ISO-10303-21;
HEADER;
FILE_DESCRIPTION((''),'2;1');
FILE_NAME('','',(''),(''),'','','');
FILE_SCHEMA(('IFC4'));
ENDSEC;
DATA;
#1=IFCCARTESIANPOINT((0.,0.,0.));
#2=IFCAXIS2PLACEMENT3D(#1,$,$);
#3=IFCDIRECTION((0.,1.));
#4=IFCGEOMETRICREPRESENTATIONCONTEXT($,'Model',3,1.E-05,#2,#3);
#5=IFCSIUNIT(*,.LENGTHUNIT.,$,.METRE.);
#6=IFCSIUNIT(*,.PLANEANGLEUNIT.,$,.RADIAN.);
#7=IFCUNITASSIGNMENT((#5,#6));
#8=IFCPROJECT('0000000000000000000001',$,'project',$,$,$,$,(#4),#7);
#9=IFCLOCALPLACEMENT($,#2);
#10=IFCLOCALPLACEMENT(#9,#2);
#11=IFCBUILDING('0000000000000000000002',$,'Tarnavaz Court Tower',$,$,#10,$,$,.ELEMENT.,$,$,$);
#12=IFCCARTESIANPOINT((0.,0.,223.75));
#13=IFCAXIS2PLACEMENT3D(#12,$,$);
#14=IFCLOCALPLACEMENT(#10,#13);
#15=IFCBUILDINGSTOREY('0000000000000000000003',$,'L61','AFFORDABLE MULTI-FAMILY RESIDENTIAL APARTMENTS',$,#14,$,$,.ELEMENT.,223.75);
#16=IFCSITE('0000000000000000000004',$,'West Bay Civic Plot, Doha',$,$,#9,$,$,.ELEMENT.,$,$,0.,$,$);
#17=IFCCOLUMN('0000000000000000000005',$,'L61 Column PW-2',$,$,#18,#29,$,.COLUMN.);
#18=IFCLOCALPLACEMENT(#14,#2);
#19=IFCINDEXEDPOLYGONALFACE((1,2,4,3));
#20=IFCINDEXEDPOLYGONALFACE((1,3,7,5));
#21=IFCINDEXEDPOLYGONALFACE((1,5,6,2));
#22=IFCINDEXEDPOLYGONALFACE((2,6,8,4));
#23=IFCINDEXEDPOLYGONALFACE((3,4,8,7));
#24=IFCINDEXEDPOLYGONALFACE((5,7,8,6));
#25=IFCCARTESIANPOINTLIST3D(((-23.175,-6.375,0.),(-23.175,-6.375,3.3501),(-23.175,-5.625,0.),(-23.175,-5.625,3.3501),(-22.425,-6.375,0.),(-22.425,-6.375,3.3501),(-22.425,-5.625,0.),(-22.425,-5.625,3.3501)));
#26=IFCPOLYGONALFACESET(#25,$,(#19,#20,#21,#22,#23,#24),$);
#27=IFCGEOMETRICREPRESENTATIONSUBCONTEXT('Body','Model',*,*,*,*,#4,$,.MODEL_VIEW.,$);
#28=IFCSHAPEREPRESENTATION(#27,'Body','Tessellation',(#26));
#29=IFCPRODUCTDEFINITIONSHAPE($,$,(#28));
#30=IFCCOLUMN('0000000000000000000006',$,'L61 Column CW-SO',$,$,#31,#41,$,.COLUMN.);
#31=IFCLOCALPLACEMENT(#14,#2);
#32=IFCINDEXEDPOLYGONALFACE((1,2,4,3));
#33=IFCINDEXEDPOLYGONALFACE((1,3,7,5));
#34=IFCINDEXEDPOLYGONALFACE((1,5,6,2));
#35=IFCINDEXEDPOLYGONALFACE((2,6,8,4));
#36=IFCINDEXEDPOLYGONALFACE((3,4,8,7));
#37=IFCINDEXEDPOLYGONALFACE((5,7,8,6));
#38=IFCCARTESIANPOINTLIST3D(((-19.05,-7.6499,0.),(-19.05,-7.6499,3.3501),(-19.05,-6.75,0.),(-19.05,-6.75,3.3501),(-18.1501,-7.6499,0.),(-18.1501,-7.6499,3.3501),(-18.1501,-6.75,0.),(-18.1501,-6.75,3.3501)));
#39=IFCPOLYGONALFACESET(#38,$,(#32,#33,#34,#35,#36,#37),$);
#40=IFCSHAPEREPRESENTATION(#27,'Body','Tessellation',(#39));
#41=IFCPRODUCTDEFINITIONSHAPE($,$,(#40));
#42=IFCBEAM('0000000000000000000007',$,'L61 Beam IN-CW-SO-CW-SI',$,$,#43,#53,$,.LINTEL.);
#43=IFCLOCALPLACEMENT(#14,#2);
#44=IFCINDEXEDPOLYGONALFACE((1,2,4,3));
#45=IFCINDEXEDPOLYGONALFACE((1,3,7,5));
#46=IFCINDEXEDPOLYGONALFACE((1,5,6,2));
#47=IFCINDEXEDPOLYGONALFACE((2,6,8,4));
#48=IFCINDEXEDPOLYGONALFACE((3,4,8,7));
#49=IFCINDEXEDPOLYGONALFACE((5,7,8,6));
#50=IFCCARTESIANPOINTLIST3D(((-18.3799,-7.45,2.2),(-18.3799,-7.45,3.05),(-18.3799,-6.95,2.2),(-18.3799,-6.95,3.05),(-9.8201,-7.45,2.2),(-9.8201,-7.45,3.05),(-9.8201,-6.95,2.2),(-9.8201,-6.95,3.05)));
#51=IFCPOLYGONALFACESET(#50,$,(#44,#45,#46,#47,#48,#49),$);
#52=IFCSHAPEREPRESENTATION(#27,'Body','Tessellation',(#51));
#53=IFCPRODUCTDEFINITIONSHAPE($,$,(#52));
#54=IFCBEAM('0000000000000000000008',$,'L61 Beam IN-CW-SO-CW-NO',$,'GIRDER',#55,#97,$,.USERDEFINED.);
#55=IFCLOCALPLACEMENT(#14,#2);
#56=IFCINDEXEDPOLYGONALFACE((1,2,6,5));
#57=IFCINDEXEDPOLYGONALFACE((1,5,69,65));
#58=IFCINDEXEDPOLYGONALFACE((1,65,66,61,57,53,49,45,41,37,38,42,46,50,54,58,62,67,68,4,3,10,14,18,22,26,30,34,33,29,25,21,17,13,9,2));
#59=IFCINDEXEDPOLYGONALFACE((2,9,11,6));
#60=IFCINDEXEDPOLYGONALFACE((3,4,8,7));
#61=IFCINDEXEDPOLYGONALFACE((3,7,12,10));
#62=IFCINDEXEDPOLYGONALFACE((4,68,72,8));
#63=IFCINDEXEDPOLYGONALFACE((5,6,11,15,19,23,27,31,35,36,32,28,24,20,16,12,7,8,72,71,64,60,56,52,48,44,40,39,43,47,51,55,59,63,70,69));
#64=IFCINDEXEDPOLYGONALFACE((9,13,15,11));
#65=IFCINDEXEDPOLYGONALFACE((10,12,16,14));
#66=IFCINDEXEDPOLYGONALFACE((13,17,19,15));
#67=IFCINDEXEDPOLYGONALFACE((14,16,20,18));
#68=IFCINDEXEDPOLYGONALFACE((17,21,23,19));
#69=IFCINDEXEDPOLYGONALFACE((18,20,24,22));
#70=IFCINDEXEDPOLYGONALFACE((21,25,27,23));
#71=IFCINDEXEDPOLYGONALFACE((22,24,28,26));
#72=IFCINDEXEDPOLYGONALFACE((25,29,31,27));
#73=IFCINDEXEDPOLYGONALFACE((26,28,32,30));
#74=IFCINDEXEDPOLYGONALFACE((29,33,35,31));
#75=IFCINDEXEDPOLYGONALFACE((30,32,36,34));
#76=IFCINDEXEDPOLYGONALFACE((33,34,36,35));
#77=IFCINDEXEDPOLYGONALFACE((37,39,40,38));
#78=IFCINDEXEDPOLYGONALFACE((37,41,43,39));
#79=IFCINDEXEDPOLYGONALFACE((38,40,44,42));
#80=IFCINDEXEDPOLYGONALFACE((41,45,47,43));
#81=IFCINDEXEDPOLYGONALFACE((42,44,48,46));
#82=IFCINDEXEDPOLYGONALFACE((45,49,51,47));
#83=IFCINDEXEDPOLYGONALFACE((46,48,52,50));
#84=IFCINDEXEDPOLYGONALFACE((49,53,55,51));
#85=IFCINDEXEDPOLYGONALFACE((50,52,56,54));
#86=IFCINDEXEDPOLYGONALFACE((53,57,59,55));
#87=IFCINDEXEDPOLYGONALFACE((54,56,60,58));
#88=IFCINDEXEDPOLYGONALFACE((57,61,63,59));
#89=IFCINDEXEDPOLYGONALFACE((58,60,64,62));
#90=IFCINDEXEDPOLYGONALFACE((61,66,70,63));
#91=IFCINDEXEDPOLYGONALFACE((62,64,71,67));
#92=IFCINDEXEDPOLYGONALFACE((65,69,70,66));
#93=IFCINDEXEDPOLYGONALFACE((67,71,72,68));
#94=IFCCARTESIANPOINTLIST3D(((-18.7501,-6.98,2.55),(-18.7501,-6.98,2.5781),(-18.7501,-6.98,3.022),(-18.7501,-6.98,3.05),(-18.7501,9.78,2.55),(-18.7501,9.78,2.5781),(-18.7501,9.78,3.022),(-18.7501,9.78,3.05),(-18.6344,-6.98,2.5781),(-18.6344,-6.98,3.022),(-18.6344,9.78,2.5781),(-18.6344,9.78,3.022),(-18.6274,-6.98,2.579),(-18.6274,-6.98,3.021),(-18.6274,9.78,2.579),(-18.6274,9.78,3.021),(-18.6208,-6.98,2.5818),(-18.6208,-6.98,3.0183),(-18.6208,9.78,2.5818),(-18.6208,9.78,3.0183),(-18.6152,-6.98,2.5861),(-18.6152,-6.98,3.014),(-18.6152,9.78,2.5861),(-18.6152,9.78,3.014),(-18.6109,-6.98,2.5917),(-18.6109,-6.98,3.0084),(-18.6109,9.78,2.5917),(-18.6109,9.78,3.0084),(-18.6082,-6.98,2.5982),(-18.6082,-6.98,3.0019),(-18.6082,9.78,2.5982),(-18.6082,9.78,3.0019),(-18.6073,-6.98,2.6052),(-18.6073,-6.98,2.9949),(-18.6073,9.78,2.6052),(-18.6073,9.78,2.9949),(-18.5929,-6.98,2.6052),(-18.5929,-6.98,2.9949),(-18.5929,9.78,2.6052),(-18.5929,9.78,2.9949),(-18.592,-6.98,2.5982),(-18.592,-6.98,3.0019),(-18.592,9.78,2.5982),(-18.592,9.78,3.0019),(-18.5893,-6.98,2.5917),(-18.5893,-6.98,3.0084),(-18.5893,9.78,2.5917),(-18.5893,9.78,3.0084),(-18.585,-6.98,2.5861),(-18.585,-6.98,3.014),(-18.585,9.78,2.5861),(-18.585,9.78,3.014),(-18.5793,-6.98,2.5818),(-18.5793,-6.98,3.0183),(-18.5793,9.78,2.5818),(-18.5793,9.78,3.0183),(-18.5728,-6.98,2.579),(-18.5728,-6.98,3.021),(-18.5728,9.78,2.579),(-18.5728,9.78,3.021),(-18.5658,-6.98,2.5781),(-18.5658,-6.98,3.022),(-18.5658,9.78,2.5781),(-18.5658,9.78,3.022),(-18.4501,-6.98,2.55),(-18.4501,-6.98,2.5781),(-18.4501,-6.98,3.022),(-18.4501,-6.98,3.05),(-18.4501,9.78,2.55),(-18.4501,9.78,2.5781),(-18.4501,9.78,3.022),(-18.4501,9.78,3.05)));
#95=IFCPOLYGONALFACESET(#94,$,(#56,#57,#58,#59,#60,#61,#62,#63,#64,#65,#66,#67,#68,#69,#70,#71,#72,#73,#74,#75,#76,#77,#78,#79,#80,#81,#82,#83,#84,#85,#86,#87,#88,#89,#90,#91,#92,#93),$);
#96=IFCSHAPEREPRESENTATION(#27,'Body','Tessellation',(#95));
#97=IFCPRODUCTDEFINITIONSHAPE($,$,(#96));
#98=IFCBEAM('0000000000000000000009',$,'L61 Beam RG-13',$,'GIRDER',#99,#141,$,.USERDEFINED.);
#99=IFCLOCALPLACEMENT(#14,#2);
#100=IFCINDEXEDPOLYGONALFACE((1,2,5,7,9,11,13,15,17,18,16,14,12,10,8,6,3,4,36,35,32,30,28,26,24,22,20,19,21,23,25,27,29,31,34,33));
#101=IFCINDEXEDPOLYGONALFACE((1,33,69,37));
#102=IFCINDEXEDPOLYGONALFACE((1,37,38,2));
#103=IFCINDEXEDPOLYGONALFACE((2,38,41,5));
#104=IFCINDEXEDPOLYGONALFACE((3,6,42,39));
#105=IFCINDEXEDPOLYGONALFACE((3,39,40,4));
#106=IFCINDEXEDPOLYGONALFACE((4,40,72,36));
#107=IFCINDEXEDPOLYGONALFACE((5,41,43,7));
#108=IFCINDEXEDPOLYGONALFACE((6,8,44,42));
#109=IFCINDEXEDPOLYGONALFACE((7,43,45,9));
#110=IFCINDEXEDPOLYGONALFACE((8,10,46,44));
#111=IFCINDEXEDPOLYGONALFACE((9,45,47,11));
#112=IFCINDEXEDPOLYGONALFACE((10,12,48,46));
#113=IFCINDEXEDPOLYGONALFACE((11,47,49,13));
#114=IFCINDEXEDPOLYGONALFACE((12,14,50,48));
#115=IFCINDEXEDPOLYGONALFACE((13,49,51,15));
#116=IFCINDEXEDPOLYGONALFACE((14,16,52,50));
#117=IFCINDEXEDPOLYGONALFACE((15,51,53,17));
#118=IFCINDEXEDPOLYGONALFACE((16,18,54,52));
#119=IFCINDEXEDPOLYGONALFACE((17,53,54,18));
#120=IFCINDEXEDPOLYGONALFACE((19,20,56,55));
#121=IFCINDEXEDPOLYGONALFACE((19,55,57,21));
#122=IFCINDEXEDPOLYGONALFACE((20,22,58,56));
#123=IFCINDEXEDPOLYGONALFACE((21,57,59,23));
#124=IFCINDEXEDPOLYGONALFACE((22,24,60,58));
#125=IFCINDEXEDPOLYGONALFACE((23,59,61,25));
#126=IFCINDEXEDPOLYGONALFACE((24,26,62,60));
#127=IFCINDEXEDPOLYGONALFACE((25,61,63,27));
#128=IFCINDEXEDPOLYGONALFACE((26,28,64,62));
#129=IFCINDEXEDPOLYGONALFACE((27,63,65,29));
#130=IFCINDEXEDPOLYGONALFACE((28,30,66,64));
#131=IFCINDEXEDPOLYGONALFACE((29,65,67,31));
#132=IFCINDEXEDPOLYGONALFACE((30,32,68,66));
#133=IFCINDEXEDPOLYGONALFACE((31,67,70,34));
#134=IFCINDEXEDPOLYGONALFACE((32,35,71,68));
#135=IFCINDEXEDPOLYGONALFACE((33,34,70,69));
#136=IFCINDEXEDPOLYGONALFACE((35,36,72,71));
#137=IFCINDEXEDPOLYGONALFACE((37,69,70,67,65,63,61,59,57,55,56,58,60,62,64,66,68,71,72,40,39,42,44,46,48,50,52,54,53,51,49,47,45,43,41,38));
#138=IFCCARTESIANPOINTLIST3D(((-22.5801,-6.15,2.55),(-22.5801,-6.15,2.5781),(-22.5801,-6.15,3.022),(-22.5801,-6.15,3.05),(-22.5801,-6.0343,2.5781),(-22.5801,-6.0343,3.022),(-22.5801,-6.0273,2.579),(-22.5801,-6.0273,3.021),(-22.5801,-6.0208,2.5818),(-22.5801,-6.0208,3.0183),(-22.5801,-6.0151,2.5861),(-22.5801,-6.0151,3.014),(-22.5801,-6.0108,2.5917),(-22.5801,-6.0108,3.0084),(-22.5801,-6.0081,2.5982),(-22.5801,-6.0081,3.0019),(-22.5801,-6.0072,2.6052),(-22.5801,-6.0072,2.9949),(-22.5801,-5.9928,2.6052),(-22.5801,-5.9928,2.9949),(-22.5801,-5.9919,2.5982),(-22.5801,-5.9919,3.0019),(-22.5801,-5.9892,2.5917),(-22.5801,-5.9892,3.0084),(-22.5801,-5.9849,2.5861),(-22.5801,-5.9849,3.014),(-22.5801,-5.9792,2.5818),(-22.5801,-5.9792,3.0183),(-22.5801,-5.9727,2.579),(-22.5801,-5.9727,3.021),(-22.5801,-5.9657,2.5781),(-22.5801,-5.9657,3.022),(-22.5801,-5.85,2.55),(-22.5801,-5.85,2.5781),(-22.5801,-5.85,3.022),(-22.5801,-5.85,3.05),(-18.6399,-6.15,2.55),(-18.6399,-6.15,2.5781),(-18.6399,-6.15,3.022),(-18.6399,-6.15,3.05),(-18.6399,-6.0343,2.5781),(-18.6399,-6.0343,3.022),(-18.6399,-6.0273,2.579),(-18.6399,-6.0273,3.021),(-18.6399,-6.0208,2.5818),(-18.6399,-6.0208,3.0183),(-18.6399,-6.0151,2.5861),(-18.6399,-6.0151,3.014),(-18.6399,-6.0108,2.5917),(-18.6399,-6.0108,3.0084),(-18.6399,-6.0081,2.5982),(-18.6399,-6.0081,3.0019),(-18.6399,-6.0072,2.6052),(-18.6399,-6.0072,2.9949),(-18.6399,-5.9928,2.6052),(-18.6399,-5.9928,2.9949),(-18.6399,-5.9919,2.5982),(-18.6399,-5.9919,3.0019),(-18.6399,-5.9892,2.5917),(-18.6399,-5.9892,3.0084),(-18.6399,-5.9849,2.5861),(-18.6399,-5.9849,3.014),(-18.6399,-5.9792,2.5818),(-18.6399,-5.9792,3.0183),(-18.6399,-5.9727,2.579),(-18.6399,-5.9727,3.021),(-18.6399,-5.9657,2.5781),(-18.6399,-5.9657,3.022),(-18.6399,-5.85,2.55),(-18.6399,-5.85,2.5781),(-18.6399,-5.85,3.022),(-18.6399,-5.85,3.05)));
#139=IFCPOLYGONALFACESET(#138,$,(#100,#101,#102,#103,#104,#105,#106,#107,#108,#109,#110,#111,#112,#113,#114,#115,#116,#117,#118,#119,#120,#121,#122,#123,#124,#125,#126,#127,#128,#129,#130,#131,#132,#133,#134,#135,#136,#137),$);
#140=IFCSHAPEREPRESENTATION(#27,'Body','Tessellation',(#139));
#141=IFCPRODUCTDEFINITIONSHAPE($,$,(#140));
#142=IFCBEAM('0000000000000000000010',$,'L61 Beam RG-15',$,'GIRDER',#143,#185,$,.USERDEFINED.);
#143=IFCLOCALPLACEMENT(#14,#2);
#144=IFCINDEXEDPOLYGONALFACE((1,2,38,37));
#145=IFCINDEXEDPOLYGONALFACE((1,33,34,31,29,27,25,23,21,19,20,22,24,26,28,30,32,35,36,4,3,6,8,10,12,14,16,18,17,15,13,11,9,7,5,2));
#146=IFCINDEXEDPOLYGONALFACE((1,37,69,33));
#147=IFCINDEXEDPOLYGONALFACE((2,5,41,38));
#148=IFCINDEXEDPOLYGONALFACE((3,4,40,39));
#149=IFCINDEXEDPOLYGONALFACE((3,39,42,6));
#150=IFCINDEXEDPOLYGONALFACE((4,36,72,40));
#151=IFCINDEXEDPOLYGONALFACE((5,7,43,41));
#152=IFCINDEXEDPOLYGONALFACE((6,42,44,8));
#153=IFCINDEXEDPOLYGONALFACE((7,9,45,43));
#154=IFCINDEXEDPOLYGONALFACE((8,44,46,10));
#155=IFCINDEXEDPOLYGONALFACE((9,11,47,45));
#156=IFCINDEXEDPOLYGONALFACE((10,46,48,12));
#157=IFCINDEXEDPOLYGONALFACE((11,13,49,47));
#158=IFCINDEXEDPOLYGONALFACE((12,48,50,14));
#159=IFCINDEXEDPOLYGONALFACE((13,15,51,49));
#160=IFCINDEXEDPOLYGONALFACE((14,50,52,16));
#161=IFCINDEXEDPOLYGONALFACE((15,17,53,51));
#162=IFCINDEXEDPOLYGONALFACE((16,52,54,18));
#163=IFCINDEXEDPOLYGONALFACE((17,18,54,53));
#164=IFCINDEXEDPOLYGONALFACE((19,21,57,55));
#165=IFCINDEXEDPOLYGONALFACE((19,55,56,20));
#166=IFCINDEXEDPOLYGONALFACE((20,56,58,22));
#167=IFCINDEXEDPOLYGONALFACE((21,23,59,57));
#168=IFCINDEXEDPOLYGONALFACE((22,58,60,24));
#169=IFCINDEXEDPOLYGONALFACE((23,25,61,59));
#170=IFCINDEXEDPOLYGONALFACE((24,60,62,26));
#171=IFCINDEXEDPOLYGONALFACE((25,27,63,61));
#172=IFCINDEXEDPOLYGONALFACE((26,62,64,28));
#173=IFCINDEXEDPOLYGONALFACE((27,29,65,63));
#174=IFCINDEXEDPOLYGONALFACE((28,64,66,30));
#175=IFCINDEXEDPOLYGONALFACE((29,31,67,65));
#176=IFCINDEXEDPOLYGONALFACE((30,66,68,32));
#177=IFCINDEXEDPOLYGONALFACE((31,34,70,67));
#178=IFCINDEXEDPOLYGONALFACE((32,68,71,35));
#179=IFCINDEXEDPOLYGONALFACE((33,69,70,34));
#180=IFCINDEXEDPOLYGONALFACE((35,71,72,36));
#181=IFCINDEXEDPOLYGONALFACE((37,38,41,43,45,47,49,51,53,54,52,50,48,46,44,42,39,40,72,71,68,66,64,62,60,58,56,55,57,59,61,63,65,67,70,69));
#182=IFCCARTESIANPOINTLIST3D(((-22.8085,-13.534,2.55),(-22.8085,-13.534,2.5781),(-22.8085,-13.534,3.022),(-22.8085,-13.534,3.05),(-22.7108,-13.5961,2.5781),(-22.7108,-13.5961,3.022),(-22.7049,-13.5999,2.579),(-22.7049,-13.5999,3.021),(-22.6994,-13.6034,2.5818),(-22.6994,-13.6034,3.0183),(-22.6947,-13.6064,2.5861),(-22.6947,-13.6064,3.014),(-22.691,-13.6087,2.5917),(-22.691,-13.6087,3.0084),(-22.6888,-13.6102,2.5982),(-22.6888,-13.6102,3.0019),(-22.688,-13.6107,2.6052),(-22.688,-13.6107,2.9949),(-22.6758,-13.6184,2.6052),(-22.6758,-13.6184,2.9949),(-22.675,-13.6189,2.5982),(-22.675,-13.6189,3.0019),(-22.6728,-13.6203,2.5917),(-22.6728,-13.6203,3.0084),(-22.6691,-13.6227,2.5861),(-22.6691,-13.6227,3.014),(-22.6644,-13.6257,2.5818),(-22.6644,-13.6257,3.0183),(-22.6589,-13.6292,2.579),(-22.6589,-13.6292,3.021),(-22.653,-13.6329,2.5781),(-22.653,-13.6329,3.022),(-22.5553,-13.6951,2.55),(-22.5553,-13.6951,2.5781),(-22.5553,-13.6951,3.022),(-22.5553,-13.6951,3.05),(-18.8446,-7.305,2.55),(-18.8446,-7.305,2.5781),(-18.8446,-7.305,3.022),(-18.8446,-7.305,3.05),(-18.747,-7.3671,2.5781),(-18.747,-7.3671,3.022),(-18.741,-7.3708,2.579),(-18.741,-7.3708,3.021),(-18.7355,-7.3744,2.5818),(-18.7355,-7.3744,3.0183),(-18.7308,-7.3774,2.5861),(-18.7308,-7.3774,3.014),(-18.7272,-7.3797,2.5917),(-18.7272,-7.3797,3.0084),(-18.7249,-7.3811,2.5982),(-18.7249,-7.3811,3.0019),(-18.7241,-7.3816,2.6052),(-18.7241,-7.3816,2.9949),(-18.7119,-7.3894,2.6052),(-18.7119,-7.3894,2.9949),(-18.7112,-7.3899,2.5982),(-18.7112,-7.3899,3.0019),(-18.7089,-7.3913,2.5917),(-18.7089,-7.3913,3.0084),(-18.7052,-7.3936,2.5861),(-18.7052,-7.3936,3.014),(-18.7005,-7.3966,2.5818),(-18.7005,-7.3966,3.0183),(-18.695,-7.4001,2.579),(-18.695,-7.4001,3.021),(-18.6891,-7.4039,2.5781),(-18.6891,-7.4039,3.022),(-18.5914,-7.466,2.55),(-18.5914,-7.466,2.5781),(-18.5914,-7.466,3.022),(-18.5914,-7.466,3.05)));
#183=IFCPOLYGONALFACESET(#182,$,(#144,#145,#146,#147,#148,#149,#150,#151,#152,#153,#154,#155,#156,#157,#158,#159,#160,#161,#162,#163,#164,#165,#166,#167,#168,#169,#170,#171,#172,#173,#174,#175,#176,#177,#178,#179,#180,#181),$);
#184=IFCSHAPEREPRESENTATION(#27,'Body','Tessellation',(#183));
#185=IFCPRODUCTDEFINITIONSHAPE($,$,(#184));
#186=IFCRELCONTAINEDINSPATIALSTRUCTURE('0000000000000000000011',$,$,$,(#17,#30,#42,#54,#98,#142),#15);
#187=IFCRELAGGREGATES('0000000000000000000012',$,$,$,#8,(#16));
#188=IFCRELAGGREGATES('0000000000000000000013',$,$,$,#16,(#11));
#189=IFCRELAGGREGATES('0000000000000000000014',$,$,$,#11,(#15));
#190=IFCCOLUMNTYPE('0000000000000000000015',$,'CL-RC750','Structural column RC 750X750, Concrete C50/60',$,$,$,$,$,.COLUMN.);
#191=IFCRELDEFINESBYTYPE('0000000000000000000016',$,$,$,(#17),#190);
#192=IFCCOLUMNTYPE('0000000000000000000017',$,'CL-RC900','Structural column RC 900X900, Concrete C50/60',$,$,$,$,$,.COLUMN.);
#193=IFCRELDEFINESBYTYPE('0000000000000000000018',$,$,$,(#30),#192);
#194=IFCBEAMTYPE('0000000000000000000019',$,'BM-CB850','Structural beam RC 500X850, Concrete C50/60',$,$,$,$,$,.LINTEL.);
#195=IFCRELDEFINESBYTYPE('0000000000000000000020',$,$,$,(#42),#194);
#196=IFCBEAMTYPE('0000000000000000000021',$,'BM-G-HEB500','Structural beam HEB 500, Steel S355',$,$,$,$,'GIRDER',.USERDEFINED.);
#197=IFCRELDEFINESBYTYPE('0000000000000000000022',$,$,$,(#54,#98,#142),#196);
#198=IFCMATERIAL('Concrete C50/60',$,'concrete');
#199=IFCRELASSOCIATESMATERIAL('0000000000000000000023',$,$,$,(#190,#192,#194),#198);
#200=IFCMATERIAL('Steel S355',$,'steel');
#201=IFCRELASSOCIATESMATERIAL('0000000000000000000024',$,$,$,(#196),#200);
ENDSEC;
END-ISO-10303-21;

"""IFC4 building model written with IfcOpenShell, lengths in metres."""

from ifc_helpers import new_model, si_unit, direction, frame, origin, origin_2d, place, context, subcontext, project, spatial, rectangle, i_section, extrude, material, material_profile, profile_set, type_object, element, save


model = new_model("IFC4")

# Units and contexts
model_context = context("Model", 3, precision=1e-05, world=origin(), true_north=direction((0.0, 1.0)))
body_context = subcontext(model_context, "Body", "Model", "MODEL_VIEW")
ifc_project = project(units=[si_unit("LENGTHUNIT", "METRE"), si_unit("PLANEANGLEUNIT", "RADIAN")], contexts=[model_context])

# Site, building, storey
site_placement = place(None, origin())
site = spatial("IfcSite", under=ifc_project, at=site_placement, Name="West Bay Civic Plot, Doha", CompositionType="ELEMENT", RefElevation=0.0)
building_placement = place(site_placement, origin())
building = spatial("IfcBuilding", under=site, at=building_placement, Name="Tarnavaz Court Tower", CompositionType="ELEMENT")
storey_placement = place(building_placement, frame((0.0, 0.0, 223.75)))
storey = spatial("IfcBuildingStorey", under=building, at=storey_placement, Name="L61", Description="AFFORDABLE MULTI-FAMILY RESIDENTIAL APARTMENTS", CompositionType="ELEMENT", Elevation=223.75)

# Columns
ifc_material_1 = material(Name="Concrete C50/60", Category="concrete")
ifc_material_profile_1 = material_profile(ifc_material_1, rectangle(XDim=0.75, YDim=0.75, at=origin_2d()), Name="RC 750X750")
ifc_profile_set_1 = profile_set([ifc_material_profile_1], Name="Concrete C50/60")
column_type_1 = type_object("IfcColumnType", Name="CL-RC750", Description="Structural column RC 750X750, Concrete C50/60", PredefinedType="COLUMN", material=ifc_profile_set_1)
column_1_placement = place(storey_placement, frame((-22.8, -6.0, 0.0), z_axis=(0.0, 0.0, 1.0), x_axis=(1.0, 0.0, 0.0)))
element("IfcColumn", 1, at=column_1_placement, inside=storey, type_object=column_type_1, Name="L61 Column PW-2", PredefinedType="COLUMN", context=body_context, shape_type="SweptSolid", body=[
    extrude(rectangle(XDim=0.75, YDim=0.75, at=origin_2d()), origin(), (0.0, 0.0, 1.0), 3.3501),
])
ifc_material_profile_2 = material_profile(ifc_material_1, rectangle(XDim=0.8999, YDim=0.8999, at=origin_2d()), Name="RC 900X900")
ifc_profile_set_2 = profile_set([ifc_material_profile_2], Name="Concrete C50/60")
column_type_2 = type_object("IfcColumnType", Name="CL-RC900", Description="Structural column RC 900X900, Concrete C50/60", PredefinedType="COLUMN", material=ifc_profile_set_2)
column_2_placement = place(storey_placement, frame((-18.6001, -7.2, 0.0), z_axis=(0.0, 0.0, 1.0), x_axis=(1.0, 0.0, 0.0)))
element("IfcColumn", 2, at=column_2_placement, inside=storey, type_object=column_type_2, Name="L61 Column CW-SO", PredefinedType="COLUMN", context=body_context, shape_type="SweptSolid", body=[
    extrude(rectangle(XDim=0.8999, YDim=0.8999, at=origin_2d()), origin(), (0.0, 0.0, 1.0), 3.3501),
])

# Beams
ifc_material_profile_3 = material_profile(ifc_material_1, rectangle(XDim=0.5, YDim=0.8501, at=origin_2d()), Name="RC 500X850")
ifc_profile_set_3 = profile_set([ifc_material_profile_3], Name="Concrete C50/60")
beam_type_1 = type_object("IfcBeamType", Name="BM-CB850", Description="Structural beam RC 500X850, Concrete C50/60", PredefinedType="LINTEL", material=ifc_profile_set_3)
beam_1_placement = place(storey_placement, frame((-18.3799, -7.2, 2.625), z_axis=(1.0, 0.0, 0.0), x_axis=(0.0, 1.0, 0.0)))
element("IfcBeam", 3, at=beam_1_placement, inside=storey, type_object=beam_type_1, Name="L61 Beam IN-CW-SO-CW-SI", PredefinedType="LINTEL", context=body_context, shape_type="SweptSolid", body=[
    extrude(rectangle(XDim=0.5, YDim=0.8501, at=origin_2d()), origin(), (0.0, 0.0, 1.0), 8.5598),
])
ifc_material_2 = material(Name="Steel S355", Category="steel")
ifc_material_profile_4 = material_profile(ifc_material_2, i_section(OverallWidth=0.3, OverallDepth=0.5, WebThickness=0.0144, FlangeThickness=0.0281, FilletRadius=0.0271, at=origin_2d()), Name="HEB 500")
ifc_profile_set_4 = profile_set([ifc_material_profile_4], Name="Steel S355")
beam_type_2 = type_object("IfcBeamType", Name="BM-G-HEB500", Description="Structural beam HEB 500, Steel S355", ElementType="GIRDER", PredefinedType="USERDEFINED", material=ifc_profile_set_4)
beam_2_placement = place(storey_placement, frame((-18.6001, -6.98, 2.8), z_axis=(0.0, 1.0, 0.0), x_axis=(-1.0, 0.0, 0.0)))
element("IfcBeam", 4, at=beam_2_placement, inside=storey, type_object=beam_type_2, Name="L61 Beam IN-CW-SO-CW-NO", ObjectType="GIRDER", PredefinedType="USERDEFINED", context=body_context, shape_type="SweptSolid", body=[
    extrude(i_section(OverallWidth=0.3, OverallDepth=0.5, WebThickness=0.0144, FlangeThickness=0.0281, FilletRadius=0.0271, at=origin_2d()), origin(), (0.0, 0.0, 1.0), 16.76),
])
beam_3_placement = place(storey_placement, frame((-18.6399, -6.0, 2.8), z_axis=(-1.0, 0.0, 0.0), x_axis=(0.0, -1.0, 0.0)))
element("IfcBeam", 5, at=beam_3_placement, inside=storey, type_object=beam_type_2, Name="L61 Beam RG-13", ObjectType="GIRDER", PredefinedType="USERDEFINED", context=body_context, shape_type="SweptSolid", body=[
    extrude(i_section(OverallWidth=0.3, OverallDepth=0.5, WebThickness=0.0144, FlangeThickness=0.0281, FilletRadius=0.0271, at=origin_2d()), origin(), (0.0, 0.0, 1.0), 3.9402),
])
beam_4_placement = place(storey_placement, frame((-18.718, -7.3855, 2.8), z_axis=(-0.536871, -0.843664, 0.0), x_axis=(0.843664, -0.536871, 0.0)))
element("IfcBeam", 6, at=beam_4_placement, inside=storey, type_object=beam_type_2, Name="L61 Beam RG-15", ObjectType="GIRDER", PredefinedType="USERDEFINED", context=body_context, shape_type="SweptSolid", body=[
    extrude(i_section(OverallWidth=0.3, OverallDepth=0.5, WebThickness=0.0144, FlangeThickness=0.0281, FilletRadius=0.0271, at=origin_2d()), origin(), (0.0, 0.0, 1.0), 7.3833),
])

save(model, "model.ifc")
